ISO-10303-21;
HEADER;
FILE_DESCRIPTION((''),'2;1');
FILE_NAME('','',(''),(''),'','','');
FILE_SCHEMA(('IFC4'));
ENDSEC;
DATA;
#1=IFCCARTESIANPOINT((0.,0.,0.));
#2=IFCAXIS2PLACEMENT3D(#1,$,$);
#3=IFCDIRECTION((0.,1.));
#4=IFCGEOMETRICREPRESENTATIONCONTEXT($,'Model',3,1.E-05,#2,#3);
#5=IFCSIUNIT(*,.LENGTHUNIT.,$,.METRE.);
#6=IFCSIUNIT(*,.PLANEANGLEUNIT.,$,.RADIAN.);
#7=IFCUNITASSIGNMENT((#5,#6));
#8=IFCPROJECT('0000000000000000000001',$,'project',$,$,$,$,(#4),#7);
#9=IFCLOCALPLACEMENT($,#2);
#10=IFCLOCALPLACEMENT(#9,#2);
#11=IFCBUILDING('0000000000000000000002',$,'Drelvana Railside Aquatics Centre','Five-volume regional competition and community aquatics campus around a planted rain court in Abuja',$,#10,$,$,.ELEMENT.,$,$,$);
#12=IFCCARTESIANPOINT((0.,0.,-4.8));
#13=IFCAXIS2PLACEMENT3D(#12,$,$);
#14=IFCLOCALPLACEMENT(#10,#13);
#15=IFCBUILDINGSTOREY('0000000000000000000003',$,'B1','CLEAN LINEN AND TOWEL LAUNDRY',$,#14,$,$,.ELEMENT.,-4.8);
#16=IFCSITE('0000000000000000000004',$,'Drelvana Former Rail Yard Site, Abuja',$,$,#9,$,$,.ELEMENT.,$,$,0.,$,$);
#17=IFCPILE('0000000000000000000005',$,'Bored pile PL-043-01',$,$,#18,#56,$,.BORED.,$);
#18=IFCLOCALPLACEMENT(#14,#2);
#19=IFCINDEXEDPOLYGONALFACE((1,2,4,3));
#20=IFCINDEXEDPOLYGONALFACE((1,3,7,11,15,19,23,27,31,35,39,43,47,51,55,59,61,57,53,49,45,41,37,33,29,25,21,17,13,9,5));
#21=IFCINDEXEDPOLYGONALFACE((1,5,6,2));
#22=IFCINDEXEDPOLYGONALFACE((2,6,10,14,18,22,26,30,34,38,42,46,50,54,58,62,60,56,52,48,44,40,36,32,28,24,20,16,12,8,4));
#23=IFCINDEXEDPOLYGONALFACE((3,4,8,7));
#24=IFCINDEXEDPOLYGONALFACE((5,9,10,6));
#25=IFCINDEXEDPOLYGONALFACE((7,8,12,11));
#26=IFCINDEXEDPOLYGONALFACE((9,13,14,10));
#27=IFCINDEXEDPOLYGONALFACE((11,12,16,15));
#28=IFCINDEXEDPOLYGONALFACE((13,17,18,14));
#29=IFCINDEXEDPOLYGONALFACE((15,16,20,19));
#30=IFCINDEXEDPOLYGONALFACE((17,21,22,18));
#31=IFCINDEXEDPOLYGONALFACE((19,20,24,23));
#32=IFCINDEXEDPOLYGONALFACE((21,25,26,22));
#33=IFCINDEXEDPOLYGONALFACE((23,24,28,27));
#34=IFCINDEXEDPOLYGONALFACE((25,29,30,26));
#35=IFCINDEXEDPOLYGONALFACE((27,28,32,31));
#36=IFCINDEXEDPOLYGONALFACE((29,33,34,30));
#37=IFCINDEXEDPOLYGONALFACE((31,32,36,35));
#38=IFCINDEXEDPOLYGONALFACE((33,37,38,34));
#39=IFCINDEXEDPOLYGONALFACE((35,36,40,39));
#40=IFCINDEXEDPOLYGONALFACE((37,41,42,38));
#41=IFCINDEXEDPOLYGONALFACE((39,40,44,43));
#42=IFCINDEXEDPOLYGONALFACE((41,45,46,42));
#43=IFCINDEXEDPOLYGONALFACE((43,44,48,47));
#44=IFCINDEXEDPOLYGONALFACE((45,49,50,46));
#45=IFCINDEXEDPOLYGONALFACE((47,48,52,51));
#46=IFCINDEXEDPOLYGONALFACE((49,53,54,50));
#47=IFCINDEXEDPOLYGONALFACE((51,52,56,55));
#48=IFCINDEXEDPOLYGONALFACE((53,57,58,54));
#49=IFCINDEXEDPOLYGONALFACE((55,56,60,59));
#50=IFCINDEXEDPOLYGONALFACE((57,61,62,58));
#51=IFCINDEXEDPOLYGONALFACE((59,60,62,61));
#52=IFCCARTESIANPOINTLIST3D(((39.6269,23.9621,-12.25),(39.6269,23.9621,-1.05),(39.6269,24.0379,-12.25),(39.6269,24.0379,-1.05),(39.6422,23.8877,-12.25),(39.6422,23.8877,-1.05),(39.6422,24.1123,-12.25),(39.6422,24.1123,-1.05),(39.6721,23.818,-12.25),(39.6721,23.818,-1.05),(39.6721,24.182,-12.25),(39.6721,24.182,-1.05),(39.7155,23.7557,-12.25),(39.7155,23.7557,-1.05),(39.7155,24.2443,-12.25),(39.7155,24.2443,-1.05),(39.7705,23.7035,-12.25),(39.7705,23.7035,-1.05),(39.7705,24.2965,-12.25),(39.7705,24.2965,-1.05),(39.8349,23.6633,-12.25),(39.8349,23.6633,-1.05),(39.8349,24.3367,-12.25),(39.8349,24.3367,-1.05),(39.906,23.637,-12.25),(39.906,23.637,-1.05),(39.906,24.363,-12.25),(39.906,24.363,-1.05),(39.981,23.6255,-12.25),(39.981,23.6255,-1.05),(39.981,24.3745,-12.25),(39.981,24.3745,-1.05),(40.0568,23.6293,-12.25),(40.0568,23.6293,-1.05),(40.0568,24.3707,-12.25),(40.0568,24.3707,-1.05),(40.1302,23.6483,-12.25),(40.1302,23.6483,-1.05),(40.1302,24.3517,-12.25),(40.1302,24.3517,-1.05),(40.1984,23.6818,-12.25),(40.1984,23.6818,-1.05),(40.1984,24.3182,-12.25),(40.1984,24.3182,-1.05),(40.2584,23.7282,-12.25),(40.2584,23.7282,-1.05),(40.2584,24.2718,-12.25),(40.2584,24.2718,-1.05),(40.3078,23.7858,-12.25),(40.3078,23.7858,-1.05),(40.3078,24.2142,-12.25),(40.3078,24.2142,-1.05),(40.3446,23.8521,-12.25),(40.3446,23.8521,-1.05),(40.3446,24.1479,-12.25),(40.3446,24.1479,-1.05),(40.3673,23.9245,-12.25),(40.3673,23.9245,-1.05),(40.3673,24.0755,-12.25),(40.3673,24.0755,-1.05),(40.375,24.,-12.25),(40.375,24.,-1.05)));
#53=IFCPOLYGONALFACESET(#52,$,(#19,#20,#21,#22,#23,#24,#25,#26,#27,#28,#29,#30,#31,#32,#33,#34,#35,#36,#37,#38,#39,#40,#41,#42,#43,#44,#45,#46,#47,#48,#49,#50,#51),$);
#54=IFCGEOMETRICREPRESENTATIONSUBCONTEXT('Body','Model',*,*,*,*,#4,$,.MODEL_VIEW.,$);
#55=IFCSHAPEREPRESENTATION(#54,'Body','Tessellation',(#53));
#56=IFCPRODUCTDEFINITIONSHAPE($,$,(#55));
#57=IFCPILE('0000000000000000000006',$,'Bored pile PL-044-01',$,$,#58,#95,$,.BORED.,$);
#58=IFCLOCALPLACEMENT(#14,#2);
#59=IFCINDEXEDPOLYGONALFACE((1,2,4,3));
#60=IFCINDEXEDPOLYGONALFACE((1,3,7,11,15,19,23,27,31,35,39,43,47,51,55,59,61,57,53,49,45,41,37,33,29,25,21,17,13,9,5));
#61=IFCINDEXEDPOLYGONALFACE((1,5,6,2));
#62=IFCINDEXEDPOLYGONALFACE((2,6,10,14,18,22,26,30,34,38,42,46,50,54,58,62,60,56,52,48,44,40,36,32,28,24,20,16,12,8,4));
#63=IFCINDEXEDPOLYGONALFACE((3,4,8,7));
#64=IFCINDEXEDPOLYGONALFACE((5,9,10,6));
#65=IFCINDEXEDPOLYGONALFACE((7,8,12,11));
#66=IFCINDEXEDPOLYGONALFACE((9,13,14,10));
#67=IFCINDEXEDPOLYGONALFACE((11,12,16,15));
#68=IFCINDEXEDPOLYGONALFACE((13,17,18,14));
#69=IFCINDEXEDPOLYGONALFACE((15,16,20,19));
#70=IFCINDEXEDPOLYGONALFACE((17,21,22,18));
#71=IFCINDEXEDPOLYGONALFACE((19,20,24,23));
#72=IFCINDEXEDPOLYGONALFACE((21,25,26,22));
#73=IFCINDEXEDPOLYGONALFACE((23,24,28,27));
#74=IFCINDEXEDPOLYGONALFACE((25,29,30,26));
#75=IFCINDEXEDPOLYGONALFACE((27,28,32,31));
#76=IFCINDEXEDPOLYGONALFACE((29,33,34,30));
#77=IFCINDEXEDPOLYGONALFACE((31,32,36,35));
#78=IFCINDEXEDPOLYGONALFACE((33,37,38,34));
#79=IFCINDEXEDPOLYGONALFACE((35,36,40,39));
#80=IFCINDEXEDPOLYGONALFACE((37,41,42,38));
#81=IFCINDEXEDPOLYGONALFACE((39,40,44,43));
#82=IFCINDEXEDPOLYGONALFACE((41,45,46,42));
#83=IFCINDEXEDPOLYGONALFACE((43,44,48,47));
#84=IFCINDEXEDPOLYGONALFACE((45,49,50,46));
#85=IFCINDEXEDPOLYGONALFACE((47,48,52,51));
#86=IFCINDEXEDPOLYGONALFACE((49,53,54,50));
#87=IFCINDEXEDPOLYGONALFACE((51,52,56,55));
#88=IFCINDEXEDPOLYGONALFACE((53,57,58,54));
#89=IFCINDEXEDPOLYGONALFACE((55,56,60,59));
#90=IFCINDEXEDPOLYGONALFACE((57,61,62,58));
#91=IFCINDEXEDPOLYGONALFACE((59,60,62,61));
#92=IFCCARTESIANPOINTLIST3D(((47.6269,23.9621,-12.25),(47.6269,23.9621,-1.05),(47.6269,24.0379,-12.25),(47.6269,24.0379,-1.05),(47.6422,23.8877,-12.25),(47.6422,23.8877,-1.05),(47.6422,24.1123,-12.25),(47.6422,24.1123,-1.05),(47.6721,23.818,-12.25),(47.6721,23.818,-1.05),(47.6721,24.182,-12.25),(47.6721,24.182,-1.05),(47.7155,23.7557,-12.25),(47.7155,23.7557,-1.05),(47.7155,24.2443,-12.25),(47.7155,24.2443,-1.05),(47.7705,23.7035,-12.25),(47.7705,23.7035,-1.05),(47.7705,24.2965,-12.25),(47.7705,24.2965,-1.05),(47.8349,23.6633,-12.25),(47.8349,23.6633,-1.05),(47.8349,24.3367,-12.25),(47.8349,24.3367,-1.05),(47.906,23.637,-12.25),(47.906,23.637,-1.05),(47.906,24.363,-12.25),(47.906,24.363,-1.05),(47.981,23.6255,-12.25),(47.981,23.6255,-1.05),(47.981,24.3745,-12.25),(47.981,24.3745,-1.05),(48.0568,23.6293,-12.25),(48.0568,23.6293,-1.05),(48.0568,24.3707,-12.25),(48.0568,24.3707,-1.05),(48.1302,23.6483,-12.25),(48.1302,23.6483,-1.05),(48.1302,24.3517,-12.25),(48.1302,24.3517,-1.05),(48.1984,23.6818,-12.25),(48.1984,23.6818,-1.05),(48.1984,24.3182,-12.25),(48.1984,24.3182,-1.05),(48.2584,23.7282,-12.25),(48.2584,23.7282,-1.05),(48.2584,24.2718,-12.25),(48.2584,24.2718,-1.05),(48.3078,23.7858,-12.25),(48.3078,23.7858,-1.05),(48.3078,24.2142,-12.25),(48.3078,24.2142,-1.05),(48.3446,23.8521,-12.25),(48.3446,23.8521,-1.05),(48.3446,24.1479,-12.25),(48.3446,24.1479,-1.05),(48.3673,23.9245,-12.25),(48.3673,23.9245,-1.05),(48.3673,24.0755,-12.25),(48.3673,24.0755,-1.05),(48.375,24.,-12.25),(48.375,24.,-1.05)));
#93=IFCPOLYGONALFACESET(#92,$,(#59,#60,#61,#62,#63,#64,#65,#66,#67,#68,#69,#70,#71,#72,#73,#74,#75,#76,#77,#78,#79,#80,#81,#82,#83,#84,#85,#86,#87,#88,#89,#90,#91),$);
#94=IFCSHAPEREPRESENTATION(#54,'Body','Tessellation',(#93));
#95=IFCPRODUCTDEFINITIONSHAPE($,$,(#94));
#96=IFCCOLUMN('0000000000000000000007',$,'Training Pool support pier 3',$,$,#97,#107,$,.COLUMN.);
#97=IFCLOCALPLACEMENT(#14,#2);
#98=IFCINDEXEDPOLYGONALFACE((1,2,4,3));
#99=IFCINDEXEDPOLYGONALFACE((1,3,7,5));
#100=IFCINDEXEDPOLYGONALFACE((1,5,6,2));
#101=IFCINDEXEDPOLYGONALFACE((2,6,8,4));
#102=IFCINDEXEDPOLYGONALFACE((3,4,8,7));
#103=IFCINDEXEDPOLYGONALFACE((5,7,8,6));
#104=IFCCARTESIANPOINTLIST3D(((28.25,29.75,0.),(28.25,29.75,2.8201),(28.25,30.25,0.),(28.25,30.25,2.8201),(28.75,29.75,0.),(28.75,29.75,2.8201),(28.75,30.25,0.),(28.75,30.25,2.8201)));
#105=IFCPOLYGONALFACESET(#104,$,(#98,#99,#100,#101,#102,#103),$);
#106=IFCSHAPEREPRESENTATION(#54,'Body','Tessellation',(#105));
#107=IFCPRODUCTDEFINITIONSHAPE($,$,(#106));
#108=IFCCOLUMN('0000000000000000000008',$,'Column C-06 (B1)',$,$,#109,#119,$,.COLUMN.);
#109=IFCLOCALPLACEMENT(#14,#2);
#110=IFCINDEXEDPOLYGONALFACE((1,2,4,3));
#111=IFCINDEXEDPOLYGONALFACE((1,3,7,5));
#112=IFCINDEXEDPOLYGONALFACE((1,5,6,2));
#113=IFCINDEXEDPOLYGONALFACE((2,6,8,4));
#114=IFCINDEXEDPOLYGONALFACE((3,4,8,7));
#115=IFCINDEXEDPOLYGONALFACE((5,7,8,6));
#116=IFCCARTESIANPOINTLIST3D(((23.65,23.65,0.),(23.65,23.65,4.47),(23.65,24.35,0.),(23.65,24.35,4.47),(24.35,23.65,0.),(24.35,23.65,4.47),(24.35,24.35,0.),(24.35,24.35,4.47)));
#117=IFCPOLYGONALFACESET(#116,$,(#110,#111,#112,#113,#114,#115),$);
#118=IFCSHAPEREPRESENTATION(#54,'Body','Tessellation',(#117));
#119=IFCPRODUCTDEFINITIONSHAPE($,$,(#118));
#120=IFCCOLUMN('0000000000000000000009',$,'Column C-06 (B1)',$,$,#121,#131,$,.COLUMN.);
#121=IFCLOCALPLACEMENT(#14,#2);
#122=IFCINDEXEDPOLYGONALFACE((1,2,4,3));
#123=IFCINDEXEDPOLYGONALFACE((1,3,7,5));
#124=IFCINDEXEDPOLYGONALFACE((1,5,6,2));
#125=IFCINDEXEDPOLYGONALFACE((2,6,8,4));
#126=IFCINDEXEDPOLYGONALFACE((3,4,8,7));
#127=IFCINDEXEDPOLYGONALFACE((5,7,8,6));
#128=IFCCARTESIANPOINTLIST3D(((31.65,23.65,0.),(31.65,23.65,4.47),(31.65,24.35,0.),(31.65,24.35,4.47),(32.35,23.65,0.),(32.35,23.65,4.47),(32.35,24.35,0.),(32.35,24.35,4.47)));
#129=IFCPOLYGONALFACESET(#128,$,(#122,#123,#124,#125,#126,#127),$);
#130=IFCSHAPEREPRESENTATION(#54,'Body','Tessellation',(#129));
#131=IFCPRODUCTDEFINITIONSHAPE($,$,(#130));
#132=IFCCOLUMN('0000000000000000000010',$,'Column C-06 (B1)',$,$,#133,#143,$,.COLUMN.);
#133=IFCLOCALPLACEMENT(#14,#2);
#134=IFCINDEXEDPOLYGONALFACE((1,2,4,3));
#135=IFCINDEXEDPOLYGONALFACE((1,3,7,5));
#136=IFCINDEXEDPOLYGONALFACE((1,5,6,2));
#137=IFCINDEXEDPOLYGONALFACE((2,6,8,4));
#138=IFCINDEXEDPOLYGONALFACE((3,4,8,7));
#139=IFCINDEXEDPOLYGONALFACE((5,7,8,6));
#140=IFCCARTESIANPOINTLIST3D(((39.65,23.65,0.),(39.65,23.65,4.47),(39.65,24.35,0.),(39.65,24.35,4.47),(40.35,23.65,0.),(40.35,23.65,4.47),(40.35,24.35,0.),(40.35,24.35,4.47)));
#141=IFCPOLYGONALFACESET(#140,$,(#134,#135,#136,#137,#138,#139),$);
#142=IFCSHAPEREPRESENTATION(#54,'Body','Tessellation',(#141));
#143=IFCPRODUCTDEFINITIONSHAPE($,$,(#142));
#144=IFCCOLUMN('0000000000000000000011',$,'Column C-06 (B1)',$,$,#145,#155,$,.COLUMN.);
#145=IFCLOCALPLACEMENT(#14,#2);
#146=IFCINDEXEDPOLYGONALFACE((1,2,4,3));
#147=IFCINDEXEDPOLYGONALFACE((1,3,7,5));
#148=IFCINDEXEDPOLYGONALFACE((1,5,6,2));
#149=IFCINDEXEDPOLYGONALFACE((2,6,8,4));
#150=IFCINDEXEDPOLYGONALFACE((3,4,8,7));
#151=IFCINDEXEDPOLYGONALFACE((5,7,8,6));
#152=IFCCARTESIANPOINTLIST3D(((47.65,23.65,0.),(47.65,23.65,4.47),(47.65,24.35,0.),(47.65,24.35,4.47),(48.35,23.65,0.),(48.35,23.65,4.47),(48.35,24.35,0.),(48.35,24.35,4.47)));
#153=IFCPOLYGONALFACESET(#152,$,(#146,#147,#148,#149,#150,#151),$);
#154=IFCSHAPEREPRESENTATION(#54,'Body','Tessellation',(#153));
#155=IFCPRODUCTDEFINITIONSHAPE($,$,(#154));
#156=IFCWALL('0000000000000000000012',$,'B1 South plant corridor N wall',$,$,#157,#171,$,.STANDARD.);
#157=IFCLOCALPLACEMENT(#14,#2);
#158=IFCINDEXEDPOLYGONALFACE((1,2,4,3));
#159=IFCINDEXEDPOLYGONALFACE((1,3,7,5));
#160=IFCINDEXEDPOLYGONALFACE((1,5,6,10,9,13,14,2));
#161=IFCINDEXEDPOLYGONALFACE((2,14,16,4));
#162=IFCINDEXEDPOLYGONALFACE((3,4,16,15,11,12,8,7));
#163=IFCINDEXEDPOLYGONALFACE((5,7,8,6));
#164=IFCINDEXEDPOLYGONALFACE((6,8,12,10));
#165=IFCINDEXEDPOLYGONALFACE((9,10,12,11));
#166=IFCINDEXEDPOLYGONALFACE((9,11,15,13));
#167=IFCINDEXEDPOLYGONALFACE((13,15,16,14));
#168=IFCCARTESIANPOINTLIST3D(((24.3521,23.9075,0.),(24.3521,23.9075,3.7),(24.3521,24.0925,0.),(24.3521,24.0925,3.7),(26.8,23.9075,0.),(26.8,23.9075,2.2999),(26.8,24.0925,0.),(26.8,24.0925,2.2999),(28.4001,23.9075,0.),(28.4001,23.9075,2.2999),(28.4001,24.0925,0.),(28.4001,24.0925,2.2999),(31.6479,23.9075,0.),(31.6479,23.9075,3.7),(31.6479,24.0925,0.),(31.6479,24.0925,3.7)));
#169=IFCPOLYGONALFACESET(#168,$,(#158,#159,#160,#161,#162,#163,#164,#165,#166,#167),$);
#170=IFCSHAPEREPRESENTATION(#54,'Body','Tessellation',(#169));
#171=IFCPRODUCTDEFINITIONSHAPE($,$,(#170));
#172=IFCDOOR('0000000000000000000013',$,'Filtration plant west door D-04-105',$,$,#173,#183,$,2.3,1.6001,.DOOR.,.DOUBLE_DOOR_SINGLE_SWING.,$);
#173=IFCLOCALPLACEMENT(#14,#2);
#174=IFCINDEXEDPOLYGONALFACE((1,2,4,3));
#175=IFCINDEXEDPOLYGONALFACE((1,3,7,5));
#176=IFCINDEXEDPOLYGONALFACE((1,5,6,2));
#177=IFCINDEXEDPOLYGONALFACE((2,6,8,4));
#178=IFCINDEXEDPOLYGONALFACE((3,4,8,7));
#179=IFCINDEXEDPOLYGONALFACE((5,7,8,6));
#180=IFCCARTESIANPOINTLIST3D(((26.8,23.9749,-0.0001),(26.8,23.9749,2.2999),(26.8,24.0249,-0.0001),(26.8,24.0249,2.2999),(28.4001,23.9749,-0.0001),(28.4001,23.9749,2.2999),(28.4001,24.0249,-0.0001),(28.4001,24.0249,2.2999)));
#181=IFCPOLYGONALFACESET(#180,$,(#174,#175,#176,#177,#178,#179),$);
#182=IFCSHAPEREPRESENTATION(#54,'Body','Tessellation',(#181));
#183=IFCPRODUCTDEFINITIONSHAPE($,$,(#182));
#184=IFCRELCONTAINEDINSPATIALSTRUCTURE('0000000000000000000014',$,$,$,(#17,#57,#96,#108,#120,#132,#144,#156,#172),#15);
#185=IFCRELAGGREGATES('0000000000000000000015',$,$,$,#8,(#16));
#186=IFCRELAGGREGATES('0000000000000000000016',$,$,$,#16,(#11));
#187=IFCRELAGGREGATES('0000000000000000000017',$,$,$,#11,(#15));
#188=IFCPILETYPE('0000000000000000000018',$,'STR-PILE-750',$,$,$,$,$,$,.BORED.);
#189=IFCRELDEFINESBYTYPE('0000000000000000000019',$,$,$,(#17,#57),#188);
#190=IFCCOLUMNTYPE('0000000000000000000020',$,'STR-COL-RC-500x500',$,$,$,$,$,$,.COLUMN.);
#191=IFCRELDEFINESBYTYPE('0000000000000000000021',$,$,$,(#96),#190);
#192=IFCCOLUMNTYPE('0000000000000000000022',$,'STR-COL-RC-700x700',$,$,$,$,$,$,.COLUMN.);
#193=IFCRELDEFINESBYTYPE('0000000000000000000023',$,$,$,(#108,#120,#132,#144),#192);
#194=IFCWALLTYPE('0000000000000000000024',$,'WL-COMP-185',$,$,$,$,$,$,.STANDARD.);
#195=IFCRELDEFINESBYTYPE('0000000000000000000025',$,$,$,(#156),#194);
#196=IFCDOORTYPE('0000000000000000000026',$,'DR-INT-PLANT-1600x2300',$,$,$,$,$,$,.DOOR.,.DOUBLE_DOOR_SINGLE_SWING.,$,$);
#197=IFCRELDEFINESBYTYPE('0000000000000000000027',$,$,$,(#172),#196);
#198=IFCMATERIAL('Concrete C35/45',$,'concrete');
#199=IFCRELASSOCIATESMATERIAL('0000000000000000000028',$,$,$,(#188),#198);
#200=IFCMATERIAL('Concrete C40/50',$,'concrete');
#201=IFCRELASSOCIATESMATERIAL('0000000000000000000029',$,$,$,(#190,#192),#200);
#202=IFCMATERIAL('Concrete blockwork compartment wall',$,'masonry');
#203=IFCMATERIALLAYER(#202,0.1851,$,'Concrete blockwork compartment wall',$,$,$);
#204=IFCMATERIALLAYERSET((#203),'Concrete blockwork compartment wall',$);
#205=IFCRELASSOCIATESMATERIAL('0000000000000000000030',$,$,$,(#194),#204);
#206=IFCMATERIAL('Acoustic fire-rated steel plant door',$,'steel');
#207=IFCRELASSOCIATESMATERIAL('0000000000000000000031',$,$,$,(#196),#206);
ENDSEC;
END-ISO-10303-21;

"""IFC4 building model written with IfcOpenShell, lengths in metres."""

from ifc_helpers import new_model, si_unit, direction, frame, frame_2d, origin, origin_2d, place, context, subcontext, project, spatial, rectangle, circle, extrude, material, layer, layer_set, material_profile, profile_set, type_object, element, fill, save


model = new_model("IFC4")

# Units and contexts
model_context = context("Model", 3, precision=1e-05, world=origin(), true_north=direction((0.0, 1.0)))
body_context = subcontext(model_context, "Body", "Model", "MODEL_VIEW")
ifc_project = project(units=[si_unit("LENGTHUNIT", "METRE"), si_unit("PLANEANGLEUNIT", "RADIAN")], contexts=[model_context])

# Site, building, storey
site_placement = place(None, origin())
site = spatial("IfcSite", under=ifc_project, at=site_placement, Name="Drelvana Former Rail Yard Site, Abuja", CompositionType="ELEMENT", RefElevation=0.0)
building_placement = place(site_placement, origin())
building = spatial("IfcBuilding", under=site, at=building_placement, Name="Drelvana Railside Aquatics Centre", Description="Five-volume regional competition and community aquatics campus around a planted rain court in Abuja", CompositionType="ELEMENT")
storey_placement = place(building_placement, frame((0.0, 0.0, -4.8)))
storey = spatial("IfcBuildingStorey", under=building, at=storey_placement, Name="B1", Description="CLEAN LINEN AND TOWEL LAUNDRY", CompositionType="ELEMENT", Elevation=-4.8)

# Shared definitions
ifc_material_1 = material(Name="Concrete C35/45", Category="concrete")

# Piles
ifc_material_profile_1 = material_profile(ifc_material_1, circle(Radius=0.375, at=origin_2d()), Name="PILE D750")
ifc_profile_set_1 = profile_set([ifc_material_profile_1], Name="Concrete C35/45")
pile_type = type_object("IfcPileType", Name="STR-PILE-750", PredefinedType="BORED", material=ifc_profile_set_1)
for number, where, z_axis, x_axis, name in (
    (1, (40.0, 24.0, -1.05), (0.0, 0.0, -1.0), (1.0, 0.0, 0.0), "Bored pile PL-043-01"),
    (2, (48.0, 24.0, -1.05), (0.0, 0.0, -1.0), (1.0, 0.0, 0.0), "Bored pile PL-044-01"),
):
    element("IfcPile", number, at=place(storey_placement, frame(where, z_axis=z_axis, x_axis=x_axis)), inside=storey, type_object=pile_type, Name=name, PredefinedType="BORED", context=body_context, shape_type="SweptSolid", body=[
        extrude(circle(Radius=0.375, at=origin_2d()), origin(), (0.0, 0.0, 1.0), 11.2),
    ])

# Columns
ifc_material_2 = material(Name="Concrete C40/50", Category="concrete")
ifc_material_profile_2 = material_profile(ifc_material_2, rectangle(XDim=0.5, YDim=0.5, at=origin_2d()), Name="RC 500x500")
ifc_profile_set_2 = profile_set([ifc_material_profile_2], Name="Concrete C40/50")
column_type_1 = type_object("IfcColumnType", Name="STR-COL-RC-500x500", PredefinedType="COLUMN", material=ifc_profile_set_2)
column_placement = place(storey_placement, frame((28.5, 30.0, 0.0), z_axis=(0.0, 0.0, 1.0), x_axis=(1.0, 0.0, 0.0)))
element("IfcColumn", 3, at=column_placement, inside=storey, type_object=column_type_1, Name="Training Pool support pier 3", PredefinedType="COLUMN", context=body_context, shape_type="SweptSolid", body=[
    extrude(rectangle(XDim=0.5, YDim=0.5, at=origin_2d()), origin(), (0.0, 0.0, 1.0), 2.8201),
])
ifc_material_profile_3 = material_profile(ifc_material_2, rectangle(XDim=0.7, YDim=0.7, at=origin_2d()), Name="RC 700x700")
ifc_profile_set_3 = profile_set([ifc_material_profile_3], Name="Concrete C40/50")
column_type_2 = type_object("IfcColumnType", Name="STR-COL-RC-700x700", PredefinedType="COLUMN", material=ifc_profile_set_3)
for number, where, z_axis, x_axis, name in (
    (4, (24.0, 24.0, 0.0), (0.0, 0.0, 1.0), (1.0, 0.0, 0.0), "Column C-06 (B1)"),
    (5, (32.0, 24.0, 0.0), (0.0, 0.0, 1.0), (1.0, 0.0, 0.0), "Column C-06 (B1)"),
    (6, (40.0, 24.0, 0.0), (0.0, 0.0, 1.0), (1.0, 0.0, 0.0), "Column C-06 (B1)"),
    (7, (48.0, 24.0, 0.0), (0.0, 0.0, 1.0), (1.0, 0.0, 0.0), "Column C-06 (B1)"),
):
    element("IfcColumn", number, at=place(storey_placement, frame(where, z_axis=z_axis, x_axis=x_axis)), inside=storey, type_object=column_type_2, Name=name, PredefinedType="COLUMN", context=body_context, shape_type="SweptSolid", body=[
        extrude(rectangle(XDim=0.7, YDim=0.7, at=origin_2d()), origin(), (0.0, 0.0, 1.0), 4.47),
    ])

# Wall, opening, door
ifc_material_3 = material(Name="Concrete blockwork compartment wall", Category="masonry")
ifc_layer = layer(ifc_material_3, 0.1851, Name="Concrete blockwork compartment wall")
ifc_layer_set = layer_set([ifc_layer], Name="Concrete blockwork compartment wall")
wall_type = type_object("IfcWallType", Name="WL-COMP-185", PredefinedType="STANDARD", material=ifc_layer_set)
wall_1_placement = place(storey_placement, frame((24.3521, 24.0, 0.0), z_axis=(0.0, 0.0, 1.0), x_axis=(1.0, 0.0, 0.0)))
wall_1 = element("IfcWall", 8, at=wall_1_placement, inside=storey, type_object=wall_type, Name="B1 South plant corridor N wall", PredefinedType="STANDARD", context=body_context, shape_type="SweptSolid", body=[
    extrude(rectangle(XDim=7.2959, YDim=0.1851, at=frame_2d((3.6479, 0.0))), origin(), (0.0, 0.0, 1.0), 3.7),
])
opening_1_placement = place(wall_1_placement, frame((2.448, 0.0, 0.0)))
opening_1 = element("IfcOpeningElement", 9, at=opening_1_placement, cuts=wall_1, PredefinedType="OPENING", context=body_context, shape_type="SweptSolid", body=[
    extrude(rectangle(XDim=1.6001, YDim=2.3, at=frame_2d((0.8, 1.1499))), frame((0.0, 0.1025, 0.0), z_axis=(0.0, -1.0, 0.0), x_axis=(1.0, 0.0, 0.0)), (0.0, 0.0, 1.0), 0.2051),
])
ifc_material_4 = material(Name="Acoustic fire-rated steel plant door", Category="steel")
door_type = type_object("IfcDoorType", Name="DR-INT-PLANT-1600x2300", OperationType="DOUBLE_DOOR_SINGLE_SWING", PredefinedType="DOOR", material=ifc_material_4)
door_1_placement = place(opening_1_placement, origin())
door_1 = element("IfcDoor", 10, at=door_1_placement, inside=storey, type_object=door_type, Name="Filtration plant west door D-04-105", OperationType="DOUBLE_DOOR_SINGLE_SWING", OverallHeight=2.3, OverallWidth=1.6001, PredefinedType="DOOR", context=body_context, shape_type="SweptSolid", body=[
    extrude(rectangle(XDim=1.6001, YDim=2.3, at=frame_2d((0.8, 1.1499))), frame((0.0, 0.0249, 0.0), z_axis=(0.0, -1.0, 0.0), x_axis=(1.0, 0.0, 0.0)), (0.0, 0.0, 1.0), 0.05),
])
fill(opening_1, door_1)

save(model, "model.ifc")
